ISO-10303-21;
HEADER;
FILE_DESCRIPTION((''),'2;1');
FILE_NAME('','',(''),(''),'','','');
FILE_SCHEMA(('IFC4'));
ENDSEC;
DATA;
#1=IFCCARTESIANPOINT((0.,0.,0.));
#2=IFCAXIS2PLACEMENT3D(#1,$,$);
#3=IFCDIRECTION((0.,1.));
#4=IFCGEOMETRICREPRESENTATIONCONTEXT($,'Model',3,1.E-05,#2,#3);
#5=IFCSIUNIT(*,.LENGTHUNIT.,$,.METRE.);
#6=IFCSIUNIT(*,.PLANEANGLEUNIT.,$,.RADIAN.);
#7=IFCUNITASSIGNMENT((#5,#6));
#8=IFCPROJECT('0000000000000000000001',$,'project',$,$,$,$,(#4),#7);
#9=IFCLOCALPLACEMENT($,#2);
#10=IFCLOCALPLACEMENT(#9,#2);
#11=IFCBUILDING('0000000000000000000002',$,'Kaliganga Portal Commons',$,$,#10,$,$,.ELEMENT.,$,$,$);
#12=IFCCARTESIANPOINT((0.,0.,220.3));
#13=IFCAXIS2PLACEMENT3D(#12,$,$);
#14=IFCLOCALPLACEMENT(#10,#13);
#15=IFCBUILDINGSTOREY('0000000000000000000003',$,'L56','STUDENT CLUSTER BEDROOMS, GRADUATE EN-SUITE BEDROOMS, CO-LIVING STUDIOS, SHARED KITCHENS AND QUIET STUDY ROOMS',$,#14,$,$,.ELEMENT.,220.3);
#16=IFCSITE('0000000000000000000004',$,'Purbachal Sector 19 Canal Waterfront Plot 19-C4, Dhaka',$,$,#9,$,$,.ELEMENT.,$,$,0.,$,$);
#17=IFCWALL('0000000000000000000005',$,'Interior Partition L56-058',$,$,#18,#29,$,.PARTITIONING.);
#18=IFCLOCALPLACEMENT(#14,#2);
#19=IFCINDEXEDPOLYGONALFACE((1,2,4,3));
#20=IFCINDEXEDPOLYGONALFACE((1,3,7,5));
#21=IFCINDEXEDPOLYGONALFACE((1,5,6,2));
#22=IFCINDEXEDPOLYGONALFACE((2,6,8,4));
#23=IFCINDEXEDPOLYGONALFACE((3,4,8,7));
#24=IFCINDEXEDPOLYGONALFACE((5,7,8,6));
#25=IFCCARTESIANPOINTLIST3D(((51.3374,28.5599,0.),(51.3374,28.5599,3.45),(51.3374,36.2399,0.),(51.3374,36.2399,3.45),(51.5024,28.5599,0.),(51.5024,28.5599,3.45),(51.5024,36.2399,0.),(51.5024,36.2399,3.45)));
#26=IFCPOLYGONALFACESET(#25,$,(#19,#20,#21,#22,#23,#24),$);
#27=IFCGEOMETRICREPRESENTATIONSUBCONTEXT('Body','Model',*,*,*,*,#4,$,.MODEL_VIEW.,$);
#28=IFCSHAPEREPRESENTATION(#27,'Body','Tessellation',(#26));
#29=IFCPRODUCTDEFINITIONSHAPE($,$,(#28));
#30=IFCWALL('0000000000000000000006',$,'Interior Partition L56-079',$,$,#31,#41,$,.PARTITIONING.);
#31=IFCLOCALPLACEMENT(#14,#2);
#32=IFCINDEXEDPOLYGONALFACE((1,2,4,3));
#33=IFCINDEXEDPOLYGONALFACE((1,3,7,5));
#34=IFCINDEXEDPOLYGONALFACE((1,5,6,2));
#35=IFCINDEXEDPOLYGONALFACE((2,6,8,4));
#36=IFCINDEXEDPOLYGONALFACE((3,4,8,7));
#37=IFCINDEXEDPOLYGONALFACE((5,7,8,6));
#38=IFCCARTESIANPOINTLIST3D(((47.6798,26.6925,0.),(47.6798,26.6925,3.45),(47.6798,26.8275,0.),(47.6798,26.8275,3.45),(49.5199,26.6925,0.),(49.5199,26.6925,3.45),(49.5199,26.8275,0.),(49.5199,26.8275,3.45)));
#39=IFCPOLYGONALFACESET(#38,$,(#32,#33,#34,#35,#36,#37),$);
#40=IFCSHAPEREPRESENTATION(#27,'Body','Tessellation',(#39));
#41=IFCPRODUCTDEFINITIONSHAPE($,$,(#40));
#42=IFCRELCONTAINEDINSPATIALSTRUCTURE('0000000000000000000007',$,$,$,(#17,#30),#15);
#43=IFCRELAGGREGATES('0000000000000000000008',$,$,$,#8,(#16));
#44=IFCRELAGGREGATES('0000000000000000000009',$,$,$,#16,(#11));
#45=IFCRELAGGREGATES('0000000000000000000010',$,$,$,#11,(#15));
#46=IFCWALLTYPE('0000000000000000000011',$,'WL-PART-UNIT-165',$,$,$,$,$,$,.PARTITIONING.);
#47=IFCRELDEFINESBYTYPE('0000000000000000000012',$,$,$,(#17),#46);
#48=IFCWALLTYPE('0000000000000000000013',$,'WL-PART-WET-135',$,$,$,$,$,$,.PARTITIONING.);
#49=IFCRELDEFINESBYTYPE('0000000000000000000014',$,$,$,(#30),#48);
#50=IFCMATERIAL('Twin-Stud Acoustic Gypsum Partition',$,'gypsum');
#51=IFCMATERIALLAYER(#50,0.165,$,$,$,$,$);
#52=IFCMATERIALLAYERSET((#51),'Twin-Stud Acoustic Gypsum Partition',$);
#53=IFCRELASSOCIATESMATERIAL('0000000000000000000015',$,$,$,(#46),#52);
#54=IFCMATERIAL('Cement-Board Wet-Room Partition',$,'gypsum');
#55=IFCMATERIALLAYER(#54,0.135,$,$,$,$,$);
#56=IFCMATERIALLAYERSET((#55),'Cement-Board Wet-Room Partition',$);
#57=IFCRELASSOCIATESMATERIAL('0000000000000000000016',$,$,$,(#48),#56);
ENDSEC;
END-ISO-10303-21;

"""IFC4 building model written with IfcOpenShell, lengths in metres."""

from ifc_helpers import new_model, si_unit, direction, frame, frame_2d, origin, place, context, subcontext, project, spatial, rectangle, extrude, material, layer, layer_set, type_object, element, save


model = new_model("IFC4")

# Units and contexts
model_context = context("Model", 3, precision=1e-05, world=origin(), true_north=direction((0.0, 1.0)))
body_context = subcontext(model_context, "Body", "Model", "MODEL_VIEW")
ifc_project = project(units=[si_unit("LENGTHUNIT", "METRE"), si_unit("PLANEANGLEUNIT", "RADIAN")], contexts=[model_context])

# Site, building, storey
site_placement = place(None, origin())
site = spatial("IfcSite", under=ifc_project, at=site_placement, Name="Purbachal Sector 19 Canal Waterfront Plot 19-C4, Dhaka", CompositionType="ELEMENT", RefElevation=0.0)
building_placement = place(site_placement, origin())
building = spatial("IfcBuilding", under=site, at=building_placement, Name="Kaliganga Portal Commons", CompositionType="ELEMENT")
storey_placement = place(building_placement, frame((0.0, 0.0, 220.3)))
storey = spatial("IfcBuildingStorey", under=building, at=storey_placement, Name="L56", Description="STUDENT CLUSTER BEDROOMS, GRADUATE EN-SUITE BEDROOMS, CO-LIVING STUDIOS, SHARED KITCHENS AND QUIET STUDY ROOMS", CompositionType="ELEMENT", Elevation=220.3)

# Walls
ifc_material_1 = material(Name="Twin-Stud Acoustic Gypsum Partition", Category="gypsum")
ifc_layer_1 = layer(ifc_material_1, 0.165)
ifc_layer_set_1 = layer_set([ifc_layer_1], Name="Twin-Stud Acoustic Gypsum Partition")
wall_type_1 = type_object("IfcWallType", Name="WL-PART-UNIT-165", PredefinedType="PARTITIONING", material=ifc_layer_set_1)
wall_1_placement = place(storey_placement, frame((51.4199, 28.5601, 0.0), z_axis=(0.0, 0.0, 1.0), x_axis=(0.0, 1.0, 0.0)))
element("IfcWall", 1, at=wall_1_placement, inside=storey, type_object=wall_type_1, Name="Interior Partition L56-058", PredefinedType="PARTITIONING", context=body_context, shape_type="SweptSolid", body=[
    extrude(rectangle(XDim=7.6799, YDim=0.165, at=frame_2d((3.8398, 0.0))), origin(), (0.0, 0.0, 1.0), 3.45),
])
ifc_material_2 = material(Name="Cement-Board Wet-Room Partition", Category="gypsum")
ifc_layer_2 = layer(ifc_material_2, 0.135)
ifc_layer_set_2 = layer_set([ifc_layer_2], Name="Cement-Board Wet-Room Partition")
wall_type_2 = type_object("IfcWallType", Name="WL-PART-WET-135", PredefinedType="PARTITIONING", material=ifc_layer_set_2)
wall_2_placement = place(storey_placement, frame((47.6799, 26.76, 0.0), z_axis=(0.0, 0.0, 1.0), x_axis=(1.0, 0.0, 0.0)))
element("IfcWall", 2, at=wall_2_placement, inside=storey, type_object=wall_type_2, Name="Interior Partition L56-079", PredefinedType="PARTITIONING", context=body_context, shape_type="SweptSolid", body=[
    extrude(rectangle(XDim=1.8401, YDim=0.135, at=frame_2d((0.9199, 0.0))), origin(), (0.0, 0.0, 1.0), 3.45),
])

save(model, "model.ifc")
